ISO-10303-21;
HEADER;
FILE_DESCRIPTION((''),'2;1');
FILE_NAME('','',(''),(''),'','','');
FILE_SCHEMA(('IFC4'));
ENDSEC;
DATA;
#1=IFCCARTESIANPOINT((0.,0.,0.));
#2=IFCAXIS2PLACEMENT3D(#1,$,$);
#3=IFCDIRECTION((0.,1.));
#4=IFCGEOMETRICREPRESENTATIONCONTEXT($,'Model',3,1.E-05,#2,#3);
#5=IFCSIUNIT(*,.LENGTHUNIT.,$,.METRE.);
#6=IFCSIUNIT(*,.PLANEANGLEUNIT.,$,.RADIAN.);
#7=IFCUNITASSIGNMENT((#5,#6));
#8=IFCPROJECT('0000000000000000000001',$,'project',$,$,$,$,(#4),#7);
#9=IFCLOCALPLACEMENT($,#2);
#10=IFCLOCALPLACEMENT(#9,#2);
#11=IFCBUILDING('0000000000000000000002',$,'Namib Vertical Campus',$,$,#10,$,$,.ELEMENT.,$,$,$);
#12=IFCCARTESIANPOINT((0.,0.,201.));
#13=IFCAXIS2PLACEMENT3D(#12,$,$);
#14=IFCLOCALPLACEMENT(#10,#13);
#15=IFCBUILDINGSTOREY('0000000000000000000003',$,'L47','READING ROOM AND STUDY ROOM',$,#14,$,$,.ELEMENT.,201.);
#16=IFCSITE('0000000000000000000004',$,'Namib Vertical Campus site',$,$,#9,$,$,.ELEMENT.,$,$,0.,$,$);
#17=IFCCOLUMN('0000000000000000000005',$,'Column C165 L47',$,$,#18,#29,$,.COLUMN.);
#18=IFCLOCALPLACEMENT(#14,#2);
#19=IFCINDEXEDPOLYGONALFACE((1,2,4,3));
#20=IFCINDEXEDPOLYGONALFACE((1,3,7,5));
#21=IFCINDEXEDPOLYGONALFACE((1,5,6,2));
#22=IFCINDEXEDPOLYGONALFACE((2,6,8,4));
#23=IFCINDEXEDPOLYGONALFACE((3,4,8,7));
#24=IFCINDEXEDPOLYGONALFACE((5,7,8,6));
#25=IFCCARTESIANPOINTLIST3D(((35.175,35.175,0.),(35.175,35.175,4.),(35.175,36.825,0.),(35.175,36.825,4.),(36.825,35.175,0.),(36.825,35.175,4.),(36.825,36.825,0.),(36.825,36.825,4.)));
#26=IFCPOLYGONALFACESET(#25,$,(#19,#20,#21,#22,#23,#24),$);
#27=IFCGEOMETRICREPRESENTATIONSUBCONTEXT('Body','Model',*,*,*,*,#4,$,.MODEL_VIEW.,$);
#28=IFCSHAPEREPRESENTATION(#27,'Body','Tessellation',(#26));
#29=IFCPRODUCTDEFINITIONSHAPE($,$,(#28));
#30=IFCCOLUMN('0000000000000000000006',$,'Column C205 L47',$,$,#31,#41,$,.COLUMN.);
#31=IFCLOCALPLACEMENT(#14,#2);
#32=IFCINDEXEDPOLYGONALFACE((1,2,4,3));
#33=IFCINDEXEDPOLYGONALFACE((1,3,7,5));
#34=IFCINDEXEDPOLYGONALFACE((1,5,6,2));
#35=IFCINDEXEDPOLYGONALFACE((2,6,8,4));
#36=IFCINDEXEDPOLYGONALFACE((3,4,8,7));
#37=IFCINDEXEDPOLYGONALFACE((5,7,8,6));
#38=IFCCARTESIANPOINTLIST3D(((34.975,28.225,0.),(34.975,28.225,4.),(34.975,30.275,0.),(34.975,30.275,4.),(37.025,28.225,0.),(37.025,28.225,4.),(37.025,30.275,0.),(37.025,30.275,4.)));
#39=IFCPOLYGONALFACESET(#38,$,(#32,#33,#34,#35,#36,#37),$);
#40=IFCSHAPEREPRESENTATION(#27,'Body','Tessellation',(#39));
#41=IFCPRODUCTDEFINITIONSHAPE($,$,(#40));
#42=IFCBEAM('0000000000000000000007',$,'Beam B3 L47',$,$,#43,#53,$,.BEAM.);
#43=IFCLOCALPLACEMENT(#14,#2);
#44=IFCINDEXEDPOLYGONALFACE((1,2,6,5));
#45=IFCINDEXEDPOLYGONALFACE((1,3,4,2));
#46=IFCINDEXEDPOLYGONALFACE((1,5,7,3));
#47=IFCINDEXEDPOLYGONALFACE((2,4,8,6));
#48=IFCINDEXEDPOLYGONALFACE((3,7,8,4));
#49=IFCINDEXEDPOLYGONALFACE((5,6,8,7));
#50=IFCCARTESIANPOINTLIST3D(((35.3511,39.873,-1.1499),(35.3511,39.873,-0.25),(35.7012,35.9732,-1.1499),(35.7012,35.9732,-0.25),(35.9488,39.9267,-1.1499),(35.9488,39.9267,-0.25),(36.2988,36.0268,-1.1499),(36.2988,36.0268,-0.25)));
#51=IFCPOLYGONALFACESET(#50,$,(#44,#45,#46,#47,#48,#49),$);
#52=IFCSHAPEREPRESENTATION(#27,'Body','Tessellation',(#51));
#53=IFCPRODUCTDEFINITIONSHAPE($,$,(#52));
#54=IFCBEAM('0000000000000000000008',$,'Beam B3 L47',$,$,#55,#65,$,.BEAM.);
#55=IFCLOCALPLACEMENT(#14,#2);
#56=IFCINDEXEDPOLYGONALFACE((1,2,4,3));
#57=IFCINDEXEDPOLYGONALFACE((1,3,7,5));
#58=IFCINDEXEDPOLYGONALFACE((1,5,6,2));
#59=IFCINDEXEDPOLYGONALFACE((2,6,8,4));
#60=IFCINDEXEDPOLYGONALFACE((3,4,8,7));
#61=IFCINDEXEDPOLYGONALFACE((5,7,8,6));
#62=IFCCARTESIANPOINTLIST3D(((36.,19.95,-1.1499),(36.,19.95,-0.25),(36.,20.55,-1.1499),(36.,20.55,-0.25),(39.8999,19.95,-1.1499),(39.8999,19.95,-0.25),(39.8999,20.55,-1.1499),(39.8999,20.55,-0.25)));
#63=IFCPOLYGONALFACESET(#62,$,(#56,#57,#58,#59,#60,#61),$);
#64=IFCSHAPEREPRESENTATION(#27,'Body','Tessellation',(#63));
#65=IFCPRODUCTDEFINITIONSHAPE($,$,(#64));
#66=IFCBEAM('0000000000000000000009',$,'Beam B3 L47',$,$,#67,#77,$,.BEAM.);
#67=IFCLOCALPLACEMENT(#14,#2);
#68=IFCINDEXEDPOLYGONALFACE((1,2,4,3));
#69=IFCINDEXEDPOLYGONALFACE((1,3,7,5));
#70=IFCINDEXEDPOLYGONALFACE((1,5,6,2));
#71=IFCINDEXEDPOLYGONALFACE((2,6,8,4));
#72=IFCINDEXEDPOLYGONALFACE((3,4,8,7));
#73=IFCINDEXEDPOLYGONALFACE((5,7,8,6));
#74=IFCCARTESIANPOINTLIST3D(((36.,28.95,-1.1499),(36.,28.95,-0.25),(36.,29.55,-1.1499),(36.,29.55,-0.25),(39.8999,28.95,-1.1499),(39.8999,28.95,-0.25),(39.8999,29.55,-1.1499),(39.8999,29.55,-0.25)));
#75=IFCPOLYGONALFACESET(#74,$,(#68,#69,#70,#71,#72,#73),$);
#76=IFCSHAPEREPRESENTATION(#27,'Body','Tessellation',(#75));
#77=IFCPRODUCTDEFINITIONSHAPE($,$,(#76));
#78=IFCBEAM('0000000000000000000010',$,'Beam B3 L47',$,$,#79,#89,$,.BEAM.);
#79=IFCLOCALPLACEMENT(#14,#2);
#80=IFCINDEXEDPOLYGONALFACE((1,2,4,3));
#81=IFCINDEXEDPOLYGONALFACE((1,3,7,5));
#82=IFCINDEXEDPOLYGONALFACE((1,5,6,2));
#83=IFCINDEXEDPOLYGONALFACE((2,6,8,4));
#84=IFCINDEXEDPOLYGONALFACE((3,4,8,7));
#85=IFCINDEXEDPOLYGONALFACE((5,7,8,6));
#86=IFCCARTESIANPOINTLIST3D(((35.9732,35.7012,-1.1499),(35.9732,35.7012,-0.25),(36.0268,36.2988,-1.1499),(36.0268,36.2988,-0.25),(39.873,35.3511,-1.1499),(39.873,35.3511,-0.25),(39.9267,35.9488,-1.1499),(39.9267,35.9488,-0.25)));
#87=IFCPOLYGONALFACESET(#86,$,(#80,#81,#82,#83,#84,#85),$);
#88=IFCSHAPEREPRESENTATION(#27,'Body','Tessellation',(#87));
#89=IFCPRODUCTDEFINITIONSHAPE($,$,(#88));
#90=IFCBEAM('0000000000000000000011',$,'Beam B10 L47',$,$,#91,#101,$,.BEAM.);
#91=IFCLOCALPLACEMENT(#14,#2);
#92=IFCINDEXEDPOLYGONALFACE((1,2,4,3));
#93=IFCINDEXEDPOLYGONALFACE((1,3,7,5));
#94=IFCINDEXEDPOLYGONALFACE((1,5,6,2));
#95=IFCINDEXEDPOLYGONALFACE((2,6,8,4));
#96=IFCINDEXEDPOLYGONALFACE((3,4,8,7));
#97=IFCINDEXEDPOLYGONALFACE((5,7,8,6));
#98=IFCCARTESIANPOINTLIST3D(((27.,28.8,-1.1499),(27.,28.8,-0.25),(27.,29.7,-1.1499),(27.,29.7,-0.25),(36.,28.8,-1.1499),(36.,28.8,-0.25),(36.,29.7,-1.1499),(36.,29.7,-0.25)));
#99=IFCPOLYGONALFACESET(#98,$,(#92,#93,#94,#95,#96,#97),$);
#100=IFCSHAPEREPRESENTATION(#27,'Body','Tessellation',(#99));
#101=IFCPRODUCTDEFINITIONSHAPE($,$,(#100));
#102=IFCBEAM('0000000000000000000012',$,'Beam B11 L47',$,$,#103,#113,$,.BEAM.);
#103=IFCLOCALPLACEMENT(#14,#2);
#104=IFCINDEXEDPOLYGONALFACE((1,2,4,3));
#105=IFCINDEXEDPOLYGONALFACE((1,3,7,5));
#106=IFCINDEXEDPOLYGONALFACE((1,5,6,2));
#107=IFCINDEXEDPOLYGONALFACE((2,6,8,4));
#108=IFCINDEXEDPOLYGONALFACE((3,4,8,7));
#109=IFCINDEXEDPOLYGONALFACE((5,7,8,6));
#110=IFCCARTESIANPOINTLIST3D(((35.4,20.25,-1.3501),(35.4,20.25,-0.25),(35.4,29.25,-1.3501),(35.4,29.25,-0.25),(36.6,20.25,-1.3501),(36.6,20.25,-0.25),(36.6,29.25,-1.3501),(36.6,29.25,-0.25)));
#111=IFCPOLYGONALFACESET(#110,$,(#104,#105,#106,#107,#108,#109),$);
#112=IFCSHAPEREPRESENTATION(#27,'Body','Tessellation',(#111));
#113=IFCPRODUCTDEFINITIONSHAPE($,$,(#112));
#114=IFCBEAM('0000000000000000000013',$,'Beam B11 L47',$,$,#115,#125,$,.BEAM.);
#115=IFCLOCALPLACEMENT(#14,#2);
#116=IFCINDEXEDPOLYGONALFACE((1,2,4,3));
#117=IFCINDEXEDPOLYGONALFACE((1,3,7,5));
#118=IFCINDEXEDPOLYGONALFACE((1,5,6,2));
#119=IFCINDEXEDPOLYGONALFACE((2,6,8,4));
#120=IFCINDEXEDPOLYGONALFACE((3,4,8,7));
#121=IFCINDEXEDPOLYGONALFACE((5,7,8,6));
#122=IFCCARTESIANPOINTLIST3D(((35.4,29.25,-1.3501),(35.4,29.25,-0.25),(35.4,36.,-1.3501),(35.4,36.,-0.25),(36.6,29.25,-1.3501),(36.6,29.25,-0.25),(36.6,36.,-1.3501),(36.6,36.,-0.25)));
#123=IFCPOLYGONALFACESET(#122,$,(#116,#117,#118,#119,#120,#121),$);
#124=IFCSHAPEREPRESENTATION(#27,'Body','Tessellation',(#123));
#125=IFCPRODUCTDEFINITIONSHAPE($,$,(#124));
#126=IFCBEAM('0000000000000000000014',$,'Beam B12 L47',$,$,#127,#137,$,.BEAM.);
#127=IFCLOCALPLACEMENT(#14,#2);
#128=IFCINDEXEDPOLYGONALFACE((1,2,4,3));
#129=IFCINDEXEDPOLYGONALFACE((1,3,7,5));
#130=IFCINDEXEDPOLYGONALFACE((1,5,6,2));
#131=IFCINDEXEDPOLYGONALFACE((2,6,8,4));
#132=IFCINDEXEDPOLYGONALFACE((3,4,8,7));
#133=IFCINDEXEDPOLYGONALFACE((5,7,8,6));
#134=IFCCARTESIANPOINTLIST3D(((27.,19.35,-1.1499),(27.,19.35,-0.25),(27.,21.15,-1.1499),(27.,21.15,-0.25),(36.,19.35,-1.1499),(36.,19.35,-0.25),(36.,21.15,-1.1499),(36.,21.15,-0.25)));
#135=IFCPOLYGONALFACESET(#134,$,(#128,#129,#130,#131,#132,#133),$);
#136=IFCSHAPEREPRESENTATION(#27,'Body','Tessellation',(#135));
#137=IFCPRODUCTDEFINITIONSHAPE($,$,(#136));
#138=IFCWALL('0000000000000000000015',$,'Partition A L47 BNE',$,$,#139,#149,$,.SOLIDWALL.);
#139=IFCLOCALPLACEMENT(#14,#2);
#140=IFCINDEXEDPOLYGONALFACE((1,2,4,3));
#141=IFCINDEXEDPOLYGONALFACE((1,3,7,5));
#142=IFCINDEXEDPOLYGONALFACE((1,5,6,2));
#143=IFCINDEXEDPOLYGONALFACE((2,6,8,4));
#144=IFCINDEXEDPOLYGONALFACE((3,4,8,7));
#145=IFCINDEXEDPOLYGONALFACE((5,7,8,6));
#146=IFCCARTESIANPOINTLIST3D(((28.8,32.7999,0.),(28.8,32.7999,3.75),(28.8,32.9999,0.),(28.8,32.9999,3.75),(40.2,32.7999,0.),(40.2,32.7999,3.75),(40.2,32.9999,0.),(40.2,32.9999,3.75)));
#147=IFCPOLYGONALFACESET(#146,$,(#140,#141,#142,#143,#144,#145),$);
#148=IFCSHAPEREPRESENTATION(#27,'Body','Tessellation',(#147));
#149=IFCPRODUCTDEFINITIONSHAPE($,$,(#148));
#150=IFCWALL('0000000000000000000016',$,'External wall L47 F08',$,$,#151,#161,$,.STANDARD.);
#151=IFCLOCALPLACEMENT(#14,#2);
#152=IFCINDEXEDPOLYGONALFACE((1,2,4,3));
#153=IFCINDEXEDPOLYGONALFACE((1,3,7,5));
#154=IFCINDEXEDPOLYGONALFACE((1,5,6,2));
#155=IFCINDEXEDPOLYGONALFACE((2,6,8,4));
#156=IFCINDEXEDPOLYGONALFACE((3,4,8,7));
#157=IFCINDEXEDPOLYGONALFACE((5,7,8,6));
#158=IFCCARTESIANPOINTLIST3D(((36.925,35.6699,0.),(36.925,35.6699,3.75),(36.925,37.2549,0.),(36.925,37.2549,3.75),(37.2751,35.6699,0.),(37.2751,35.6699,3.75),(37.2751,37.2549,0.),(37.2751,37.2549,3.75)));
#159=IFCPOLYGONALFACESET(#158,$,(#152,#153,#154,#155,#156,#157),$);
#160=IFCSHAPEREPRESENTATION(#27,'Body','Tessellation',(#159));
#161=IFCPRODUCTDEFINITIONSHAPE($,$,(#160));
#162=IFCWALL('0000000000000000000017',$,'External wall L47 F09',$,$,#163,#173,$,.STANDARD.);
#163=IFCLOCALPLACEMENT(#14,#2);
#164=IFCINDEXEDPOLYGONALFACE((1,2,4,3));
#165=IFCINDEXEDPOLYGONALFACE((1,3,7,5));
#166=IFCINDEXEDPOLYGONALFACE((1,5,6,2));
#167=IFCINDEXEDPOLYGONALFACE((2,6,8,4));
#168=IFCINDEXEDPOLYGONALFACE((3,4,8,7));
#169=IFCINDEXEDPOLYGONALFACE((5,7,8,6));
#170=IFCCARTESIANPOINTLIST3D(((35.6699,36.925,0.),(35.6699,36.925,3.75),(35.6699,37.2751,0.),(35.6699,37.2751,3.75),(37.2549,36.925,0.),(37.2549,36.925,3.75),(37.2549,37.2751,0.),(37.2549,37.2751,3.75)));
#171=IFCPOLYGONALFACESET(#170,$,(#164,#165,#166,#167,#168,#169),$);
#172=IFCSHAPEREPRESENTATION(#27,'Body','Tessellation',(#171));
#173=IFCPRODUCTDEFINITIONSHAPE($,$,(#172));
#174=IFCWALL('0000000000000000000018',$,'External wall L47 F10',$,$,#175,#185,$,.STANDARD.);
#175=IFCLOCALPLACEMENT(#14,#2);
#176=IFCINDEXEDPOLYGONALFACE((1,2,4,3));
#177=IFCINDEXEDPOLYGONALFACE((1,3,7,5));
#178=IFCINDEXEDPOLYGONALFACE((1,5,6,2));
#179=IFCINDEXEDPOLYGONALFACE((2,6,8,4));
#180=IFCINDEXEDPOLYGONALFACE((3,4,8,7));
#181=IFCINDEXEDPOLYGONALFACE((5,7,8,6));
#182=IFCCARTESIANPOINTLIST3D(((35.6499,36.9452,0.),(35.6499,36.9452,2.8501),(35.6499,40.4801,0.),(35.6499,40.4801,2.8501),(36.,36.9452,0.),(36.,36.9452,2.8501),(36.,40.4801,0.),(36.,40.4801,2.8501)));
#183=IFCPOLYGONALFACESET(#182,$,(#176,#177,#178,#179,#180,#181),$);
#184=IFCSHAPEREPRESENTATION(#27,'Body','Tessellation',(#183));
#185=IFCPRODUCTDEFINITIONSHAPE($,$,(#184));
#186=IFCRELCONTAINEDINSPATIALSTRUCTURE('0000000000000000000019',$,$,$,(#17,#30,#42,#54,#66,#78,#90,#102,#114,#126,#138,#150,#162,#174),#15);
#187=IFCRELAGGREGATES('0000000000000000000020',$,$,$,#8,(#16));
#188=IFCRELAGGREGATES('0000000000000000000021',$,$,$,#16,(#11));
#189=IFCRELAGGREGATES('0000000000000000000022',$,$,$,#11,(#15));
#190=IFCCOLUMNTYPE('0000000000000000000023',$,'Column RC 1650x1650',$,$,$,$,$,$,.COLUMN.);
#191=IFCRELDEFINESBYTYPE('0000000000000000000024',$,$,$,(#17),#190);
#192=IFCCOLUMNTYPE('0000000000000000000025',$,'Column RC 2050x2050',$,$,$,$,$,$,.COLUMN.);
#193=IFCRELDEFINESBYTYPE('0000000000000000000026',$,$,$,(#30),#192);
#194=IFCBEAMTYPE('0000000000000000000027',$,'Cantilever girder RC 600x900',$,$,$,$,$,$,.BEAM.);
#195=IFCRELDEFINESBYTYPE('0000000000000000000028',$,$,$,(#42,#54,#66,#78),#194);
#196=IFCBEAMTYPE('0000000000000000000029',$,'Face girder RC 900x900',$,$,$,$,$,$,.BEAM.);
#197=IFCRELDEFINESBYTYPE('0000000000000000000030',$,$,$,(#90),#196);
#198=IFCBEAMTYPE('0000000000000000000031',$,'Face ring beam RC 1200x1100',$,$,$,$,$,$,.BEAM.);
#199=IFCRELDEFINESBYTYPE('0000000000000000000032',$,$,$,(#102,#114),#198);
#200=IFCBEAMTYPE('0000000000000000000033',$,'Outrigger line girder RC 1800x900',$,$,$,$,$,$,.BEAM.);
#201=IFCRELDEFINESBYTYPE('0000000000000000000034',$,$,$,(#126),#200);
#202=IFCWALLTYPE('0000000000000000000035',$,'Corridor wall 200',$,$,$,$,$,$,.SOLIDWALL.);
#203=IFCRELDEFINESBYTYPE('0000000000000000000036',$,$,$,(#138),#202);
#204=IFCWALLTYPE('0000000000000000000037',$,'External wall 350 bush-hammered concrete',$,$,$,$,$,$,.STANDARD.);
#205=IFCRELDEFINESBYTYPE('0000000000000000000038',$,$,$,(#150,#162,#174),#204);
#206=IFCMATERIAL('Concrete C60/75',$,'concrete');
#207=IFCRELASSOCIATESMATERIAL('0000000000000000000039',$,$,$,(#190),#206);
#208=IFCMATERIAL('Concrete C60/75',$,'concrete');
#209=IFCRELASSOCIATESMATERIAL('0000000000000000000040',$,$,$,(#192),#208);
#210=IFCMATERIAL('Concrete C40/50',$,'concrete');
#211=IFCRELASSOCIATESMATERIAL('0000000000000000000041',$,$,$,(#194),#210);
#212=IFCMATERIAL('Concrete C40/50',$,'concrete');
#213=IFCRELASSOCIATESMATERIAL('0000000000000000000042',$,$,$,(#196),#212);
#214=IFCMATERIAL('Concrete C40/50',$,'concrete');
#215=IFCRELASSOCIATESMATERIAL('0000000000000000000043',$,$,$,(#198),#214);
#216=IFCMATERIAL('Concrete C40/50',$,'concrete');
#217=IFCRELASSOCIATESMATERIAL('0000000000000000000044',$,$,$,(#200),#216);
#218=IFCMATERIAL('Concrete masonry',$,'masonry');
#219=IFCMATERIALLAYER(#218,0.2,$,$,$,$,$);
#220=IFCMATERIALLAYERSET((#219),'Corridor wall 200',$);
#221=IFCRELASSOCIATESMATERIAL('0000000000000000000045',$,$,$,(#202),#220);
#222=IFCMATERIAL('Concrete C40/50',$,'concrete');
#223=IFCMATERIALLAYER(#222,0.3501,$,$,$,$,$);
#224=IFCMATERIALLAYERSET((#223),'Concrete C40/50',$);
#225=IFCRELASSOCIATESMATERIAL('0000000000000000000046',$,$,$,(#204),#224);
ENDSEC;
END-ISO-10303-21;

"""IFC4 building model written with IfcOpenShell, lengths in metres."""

from ifc_helpers import new_model, si_unit, direction, frame, frame_2d, origin, origin_2d, place, context, subcontext, project, spatial, rectangle, extrude, material, layer, layer_set, material_profile, profile_set, type_object, element, save


model = new_model("IFC4")

# Units and contexts
model_context = context("Model", 3, precision=1e-05, world=origin(), true_north=direction((0.0, 1.0)))
body_context = subcontext(model_context, "Body", "Model", "MODEL_VIEW")
ifc_project = project(units=[si_unit("LENGTHUNIT", "METRE"), si_unit("PLANEANGLEUNIT", "RADIAN")], contexts=[model_context])

# Site, building, storey
site_placement = place(None, origin())
site = spatial("IfcSite", under=ifc_project, at=site_placement, Name="Namib Vertical Campus site", CompositionType="ELEMENT", RefElevation=0.0)
building_placement = place(site_placement, origin())
building = spatial("IfcBuilding", under=site, at=building_placement, Name="Namib Vertical Campus", CompositionType="ELEMENT")
storey_placement = place(building_placement, frame((0.0, 0.0, 201.0)))
storey = spatial("IfcBuildingStorey", under=building, at=storey_placement, Name="L47", Description="READING ROOM AND STUDY ROOM", CompositionType="ELEMENT", Elevation=201.0)

# Columns
ifc_material_1 = material(Name="Concrete C60/75", Category="concrete")
ifc_material_profile_1 = material_profile(ifc_material_1, rectangle(XDim=1.6499, YDim=1.6499, at=origin_2d()))
ifc_profile_set_1 = profile_set([ifc_material_profile_1], Name="Concrete C60/75")
column_type_1 = type_object("IfcColumnType", Name="Column RC 1650x1650", PredefinedType="COLUMN", material=ifc_profile_set_1)
column_1_placement = place(storey_placement, frame((36.0, 36.0, 0.0), z_axis=(0.0, 0.0, 1.0), x_axis=(1.0, 0.0, 0.0)))
element("IfcColumn", 1, at=column_1_placement, inside=storey, type_object=column_type_1, Name="Column C165 L47", PredefinedType="COLUMN", context=body_context, shape_type="SweptSolid", body=[
    extrude(rectangle(XDim=1.6499, YDim=1.6499, at=origin_2d()), origin(), (0.0, 0.0, 1.0), 4.0),
])
ifc_material_2 = material(Name="Concrete C60/75", Category="concrete")
ifc_material_profile_2 = material_profile(ifc_material_2, rectangle(XDim=2.05, YDim=2.05, at=origin_2d()))
ifc_profile_set_2 = profile_set([ifc_material_profile_2], Name="Concrete C60/75")
column_type_2 = type_object("IfcColumnType", Name="Column RC 2050x2050", PredefinedType="COLUMN", material=ifc_profile_set_2)
column_2_placement = place(storey_placement, frame((36.0, 29.25, 0.0), z_axis=(0.0, 0.0, 1.0), x_axis=(1.0, 0.0, 0.0)))
element("IfcColumn", 2, at=column_2_placement, inside=storey, type_object=column_type_2, Name="Column C205 L47", PredefinedType="COLUMN", context=body_context, shape_type="SweptSolid", body=[
    extrude(rectangle(XDim=2.05, YDim=2.05, at=origin_2d()), origin(), (0.0, 0.0, 1.0), 4.0),
])

# Beams
ifc_material_3 = material(Name="Concrete C40/50", Category="concrete")
ifc_material_profile_3 = material_profile(ifc_material_3, rectangle(XDim=0.6001, YDim=0.8999, at=origin_2d()))
ifc_profile_set_3 = profile_set([ifc_material_profile_3], Name="Concrete C40/50")
beam_type_1 = type_object("IfcBeamType", Name="Cantilever girder RC 600x900", PredefinedType="BEAM", material=ifc_profile_set_3)
beam_1_placement = place(storey_placement, frame((36.0, 36.0, -0.7), z_axis=(-0.089411, 0.995995, 0.0), x_axis=(-0.995995, -0.089411, 0.0)))
element("IfcBeam", 3, at=beam_1_placement, inside=storey, type_object=beam_type_1, Name="Beam B3 L47", PredefinedType="BEAM", context=body_context, shape_type="SweptSolid", body=[
    extrude(rectangle(XDim=0.6001, YDim=0.8999, at=origin_2d()), origin(), (0.0, 0.0, 1.0), 3.9155),
])
for number, where, z_axis, x_axis, name in (
    (4, (36.0, 20.25, -0.7), (1.0, 0.0, 0.0), (0.0, 1.0, 0.0), "Beam B3 L47"),
    (5, (36.0, 29.25, -0.7), (1.0, 0.0, 0.0), (0.0, 1.0, 0.0), "Beam B3 L47"),
):
    element("IfcBeam", number, at=place(storey_placement, frame(where, z_axis=z_axis, x_axis=x_axis)), inside=storey, type_object=beam_type_1, Name=name, PredefinedType="BEAM", context=body_context, shape_type="SweptSolid", body=[
        extrude(rectangle(XDim=0.6001, YDim=0.8999, at=origin_2d()), origin(), (0.0, 0.0, 1.0), 3.8999),
    ])
beam_2_placement = place(storey_placement, frame((36.0, 36.0, -0.7), z_axis=(0.995995, -0.089411, 0.0), x_axis=(0.089411, 0.995995, 0.0)))
element("IfcBeam", 6, at=beam_2_placement, inside=storey, type_object=beam_type_1, Name="Beam B3 L47", PredefinedType="BEAM", context=body_context, shape_type="SweptSolid", body=[
    extrude(rectangle(XDim=0.6001, YDim=0.8999, at=origin_2d()), origin(), (0.0, 0.0, 1.0), 3.9155),
])
ifc_material_4 = material(Name="Concrete C40/50", Category="concrete")
ifc_material_profile_4 = material_profile(ifc_material_4, rectangle(XDim=0.8999, YDim=0.8999, at=origin_2d()))
ifc_profile_set_4 = profile_set([ifc_material_profile_4], Name="Concrete C40/50")
beam_type_2 = type_object("IfcBeamType", Name="Face girder RC 900x900", PredefinedType="BEAM", material=ifc_profile_set_4)
beam_3_placement = place(storey_placement, frame((36.0, 29.25, -0.7), z_axis=(-1.0, 0.0, 0.0), x_axis=(0.0, -1.0, 0.0)))
element("IfcBeam", 7, at=beam_3_placement, inside=storey, type_object=beam_type_2, Name="Beam B10 L47", PredefinedType="BEAM", context=body_context, shape_type="SweptSolid", body=[
    extrude(rectangle(XDim=0.8999, YDim=0.8999, at=origin_2d()), origin(), (0.0, 0.0, 1.0), 9.0),
])
ifc_material_5 = material(Name="Concrete C40/50", Category="concrete")
ifc_material_profile_5 = material_profile(ifc_material_5, rectangle(XDim=1.2, YDim=1.1001, at=origin_2d()))
ifc_profile_set_5 = profile_set([ifc_material_profile_5], Name="Concrete C40/50")
beam_type_3 = type_object("IfcBeamType", Name="Face ring beam RC 1200x1100", PredefinedType="BEAM", material=ifc_profile_set_5)
beam_4_placement = place(storey_placement, frame((36.0, 20.25, -0.8), z_axis=(0.0, 1.0, 0.0), x_axis=(-1.0, 0.0, 0.0)))
element("IfcBeam", 8, at=beam_4_placement, inside=storey, type_object=beam_type_3, Name="Beam B11 L47", PredefinedType="BEAM", context=body_context, shape_type="SweptSolid", body=[
    extrude(rectangle(XDim=1.2, YDim=1.1001, at=origin_2d()), origin(), (0.0, 0.0, 1.0), 9.0),
])
beam_5_placement = place(storey_placement, frame((36.0, 29.25, -0.8), z_axis=(0.0, 1.0, 0.0), x_axis=(-1.0, 0.0, 0.0)))
element("IfcBeam", 9, at=beam_5_placement, inside=storey, type_object=beam_type_3, Name="Beam B11 L47", PredefinedType="BEAM", context=body_context, shape_type="SweptSolid", body=[
    extrude(rectangle(XDim=1.2, YDim=1.1001, at=origin_2d()), origin(), (0.0, 0.0, 1.0), 6.75),
])
ifc_material_6 = material(Name="Concrete C40/50", Category="concrete")
ifc_material_profile_6 = material_profile(ifc_material_6, rectangle(XDim=1.8, YDim=0.8999, at=origin_2d()))
ifc_profile_set_6 = profile_set([ifc_material_profile_6], Name="Concrete C40/50")
beam_type_4 = type_object("IfcBeamType", Name="Outrigger line girder RC 1800x900", PredefinedType="BEAM", material=ifc_profile_set_6)
beam_6_placement = place(storey_placement, frame((36.0, 20.25, -0.7), z_axis=(-1.0, 0.0, 0.0), x_axis=(0.0, -1.0, 0.0)))
element("IfcBeam", 10, at=beam_6_placement, inside=storey, type_object=beam_type_4, Name="Beam B12 L47", PredefinedType="BEAM", context=body_context, shape_type="SweptSolid", body=[
    extrude(rectangle(XDim=1.8, YDim=0.8999, at=origin_2d()), origin(), (0.0, 0.0, 1.0), 9.0),
])

# Walls
ifc_material_7 = material(Name="Concrete masonry", Category="masonry")
ifc_layer_1 = layer(ifc_material_7, 0.2)
ifc_layer_set_1 = layer_set([ifc_layer_1], Name="Corridor wall 200")
wall_type_1 = type_object("IfcWallType", Name="Corridor wall 200", PredefinedType="SOLIDWALL", material=ifc_layer_set_1)
wall_1_placement = place(storey_placement, frame((28.8, 32.8999, 0.0), z_axis=(0.0, 0.0, 1.0), x_axis=(1.0, 0.0, 0.0)))
element("IfcWall", 11, at=wall_1_placement, inside=storey, type_object=wall_type_1, Name="Partition A L47 BNE", PredefinedType="SOLIDWALL", context=body_context, shape_type="SweptSolid", body=[
    extrude(rectangle(XDim=11.3999, YDim=0.2, at=frame_2d((5.7, 0.0))), origin(), (0.0, 0.0, 1.0), 3.75),
])
ifc_material_8 = material(Name="Concrete C40/50", Category="concrete")
ifc_layer_2 = layer(ifc_material_8, 0.3501)
ifc_layer_set_2 = layer_set([ifc_layer_2], Name="Concrete C40/50")
wall_type_2 = type_object("IfcWallType", Name="External wall 350 bush-hammered concrete", PredefinedType="STANDARD", material=ifc_layer_set_2)
for number, where, z_axis, x_axis, name in (
    (12, (37.1001, 35.6699, 0.0), (0.0, 0.0, 1.0), (0.0, 1.0, 0.0), "External wall L47 F08"),
    (13, (37.2549, 37.1001, 0.0), (0.0, 0.0, 1.0), (-1.0, 0.0, 0.0), "External wall L47 F09"),
):
    element("IfcWall", number, at=place(storey_placement, frame(where, z_axis=z_axis, x_axis=x_axis)), inside=storey, type_object=wall_type_2, Name=name, PredefinedType="STANDARD", context=body_context, shape_type="SweptSolid", body=[
        extrude(rectangle(XDim=1.585, YDim=0.3501, at=frame_2d((0.7925, 0.0))), origin(), (0.0, 0.0, 1.0), 3.75),
    ])
wall_2_placement = place(storey_placement, frame((35.825, 36.9451, 0.0), z_axis=(0.0, 0.0, 1.0), x_axis=(0.0, 1.0, 0.0)))
element("IfcWall", 14, at=wall_2_placement, inside=storey, type_object=wall_type_2, Name="External wall L47 F10", PredefinedType="STANDARD", context=body_context, shape_type="SweptSolid", body=[
    extrude(rectangle(XDim=3.5349, YDim=0.3501, at=frame_2d((1.7676, 0.0))), origin(), (0.0, 0.0, 1.0), 2.8501),
])

save(model, "model.ifc")
